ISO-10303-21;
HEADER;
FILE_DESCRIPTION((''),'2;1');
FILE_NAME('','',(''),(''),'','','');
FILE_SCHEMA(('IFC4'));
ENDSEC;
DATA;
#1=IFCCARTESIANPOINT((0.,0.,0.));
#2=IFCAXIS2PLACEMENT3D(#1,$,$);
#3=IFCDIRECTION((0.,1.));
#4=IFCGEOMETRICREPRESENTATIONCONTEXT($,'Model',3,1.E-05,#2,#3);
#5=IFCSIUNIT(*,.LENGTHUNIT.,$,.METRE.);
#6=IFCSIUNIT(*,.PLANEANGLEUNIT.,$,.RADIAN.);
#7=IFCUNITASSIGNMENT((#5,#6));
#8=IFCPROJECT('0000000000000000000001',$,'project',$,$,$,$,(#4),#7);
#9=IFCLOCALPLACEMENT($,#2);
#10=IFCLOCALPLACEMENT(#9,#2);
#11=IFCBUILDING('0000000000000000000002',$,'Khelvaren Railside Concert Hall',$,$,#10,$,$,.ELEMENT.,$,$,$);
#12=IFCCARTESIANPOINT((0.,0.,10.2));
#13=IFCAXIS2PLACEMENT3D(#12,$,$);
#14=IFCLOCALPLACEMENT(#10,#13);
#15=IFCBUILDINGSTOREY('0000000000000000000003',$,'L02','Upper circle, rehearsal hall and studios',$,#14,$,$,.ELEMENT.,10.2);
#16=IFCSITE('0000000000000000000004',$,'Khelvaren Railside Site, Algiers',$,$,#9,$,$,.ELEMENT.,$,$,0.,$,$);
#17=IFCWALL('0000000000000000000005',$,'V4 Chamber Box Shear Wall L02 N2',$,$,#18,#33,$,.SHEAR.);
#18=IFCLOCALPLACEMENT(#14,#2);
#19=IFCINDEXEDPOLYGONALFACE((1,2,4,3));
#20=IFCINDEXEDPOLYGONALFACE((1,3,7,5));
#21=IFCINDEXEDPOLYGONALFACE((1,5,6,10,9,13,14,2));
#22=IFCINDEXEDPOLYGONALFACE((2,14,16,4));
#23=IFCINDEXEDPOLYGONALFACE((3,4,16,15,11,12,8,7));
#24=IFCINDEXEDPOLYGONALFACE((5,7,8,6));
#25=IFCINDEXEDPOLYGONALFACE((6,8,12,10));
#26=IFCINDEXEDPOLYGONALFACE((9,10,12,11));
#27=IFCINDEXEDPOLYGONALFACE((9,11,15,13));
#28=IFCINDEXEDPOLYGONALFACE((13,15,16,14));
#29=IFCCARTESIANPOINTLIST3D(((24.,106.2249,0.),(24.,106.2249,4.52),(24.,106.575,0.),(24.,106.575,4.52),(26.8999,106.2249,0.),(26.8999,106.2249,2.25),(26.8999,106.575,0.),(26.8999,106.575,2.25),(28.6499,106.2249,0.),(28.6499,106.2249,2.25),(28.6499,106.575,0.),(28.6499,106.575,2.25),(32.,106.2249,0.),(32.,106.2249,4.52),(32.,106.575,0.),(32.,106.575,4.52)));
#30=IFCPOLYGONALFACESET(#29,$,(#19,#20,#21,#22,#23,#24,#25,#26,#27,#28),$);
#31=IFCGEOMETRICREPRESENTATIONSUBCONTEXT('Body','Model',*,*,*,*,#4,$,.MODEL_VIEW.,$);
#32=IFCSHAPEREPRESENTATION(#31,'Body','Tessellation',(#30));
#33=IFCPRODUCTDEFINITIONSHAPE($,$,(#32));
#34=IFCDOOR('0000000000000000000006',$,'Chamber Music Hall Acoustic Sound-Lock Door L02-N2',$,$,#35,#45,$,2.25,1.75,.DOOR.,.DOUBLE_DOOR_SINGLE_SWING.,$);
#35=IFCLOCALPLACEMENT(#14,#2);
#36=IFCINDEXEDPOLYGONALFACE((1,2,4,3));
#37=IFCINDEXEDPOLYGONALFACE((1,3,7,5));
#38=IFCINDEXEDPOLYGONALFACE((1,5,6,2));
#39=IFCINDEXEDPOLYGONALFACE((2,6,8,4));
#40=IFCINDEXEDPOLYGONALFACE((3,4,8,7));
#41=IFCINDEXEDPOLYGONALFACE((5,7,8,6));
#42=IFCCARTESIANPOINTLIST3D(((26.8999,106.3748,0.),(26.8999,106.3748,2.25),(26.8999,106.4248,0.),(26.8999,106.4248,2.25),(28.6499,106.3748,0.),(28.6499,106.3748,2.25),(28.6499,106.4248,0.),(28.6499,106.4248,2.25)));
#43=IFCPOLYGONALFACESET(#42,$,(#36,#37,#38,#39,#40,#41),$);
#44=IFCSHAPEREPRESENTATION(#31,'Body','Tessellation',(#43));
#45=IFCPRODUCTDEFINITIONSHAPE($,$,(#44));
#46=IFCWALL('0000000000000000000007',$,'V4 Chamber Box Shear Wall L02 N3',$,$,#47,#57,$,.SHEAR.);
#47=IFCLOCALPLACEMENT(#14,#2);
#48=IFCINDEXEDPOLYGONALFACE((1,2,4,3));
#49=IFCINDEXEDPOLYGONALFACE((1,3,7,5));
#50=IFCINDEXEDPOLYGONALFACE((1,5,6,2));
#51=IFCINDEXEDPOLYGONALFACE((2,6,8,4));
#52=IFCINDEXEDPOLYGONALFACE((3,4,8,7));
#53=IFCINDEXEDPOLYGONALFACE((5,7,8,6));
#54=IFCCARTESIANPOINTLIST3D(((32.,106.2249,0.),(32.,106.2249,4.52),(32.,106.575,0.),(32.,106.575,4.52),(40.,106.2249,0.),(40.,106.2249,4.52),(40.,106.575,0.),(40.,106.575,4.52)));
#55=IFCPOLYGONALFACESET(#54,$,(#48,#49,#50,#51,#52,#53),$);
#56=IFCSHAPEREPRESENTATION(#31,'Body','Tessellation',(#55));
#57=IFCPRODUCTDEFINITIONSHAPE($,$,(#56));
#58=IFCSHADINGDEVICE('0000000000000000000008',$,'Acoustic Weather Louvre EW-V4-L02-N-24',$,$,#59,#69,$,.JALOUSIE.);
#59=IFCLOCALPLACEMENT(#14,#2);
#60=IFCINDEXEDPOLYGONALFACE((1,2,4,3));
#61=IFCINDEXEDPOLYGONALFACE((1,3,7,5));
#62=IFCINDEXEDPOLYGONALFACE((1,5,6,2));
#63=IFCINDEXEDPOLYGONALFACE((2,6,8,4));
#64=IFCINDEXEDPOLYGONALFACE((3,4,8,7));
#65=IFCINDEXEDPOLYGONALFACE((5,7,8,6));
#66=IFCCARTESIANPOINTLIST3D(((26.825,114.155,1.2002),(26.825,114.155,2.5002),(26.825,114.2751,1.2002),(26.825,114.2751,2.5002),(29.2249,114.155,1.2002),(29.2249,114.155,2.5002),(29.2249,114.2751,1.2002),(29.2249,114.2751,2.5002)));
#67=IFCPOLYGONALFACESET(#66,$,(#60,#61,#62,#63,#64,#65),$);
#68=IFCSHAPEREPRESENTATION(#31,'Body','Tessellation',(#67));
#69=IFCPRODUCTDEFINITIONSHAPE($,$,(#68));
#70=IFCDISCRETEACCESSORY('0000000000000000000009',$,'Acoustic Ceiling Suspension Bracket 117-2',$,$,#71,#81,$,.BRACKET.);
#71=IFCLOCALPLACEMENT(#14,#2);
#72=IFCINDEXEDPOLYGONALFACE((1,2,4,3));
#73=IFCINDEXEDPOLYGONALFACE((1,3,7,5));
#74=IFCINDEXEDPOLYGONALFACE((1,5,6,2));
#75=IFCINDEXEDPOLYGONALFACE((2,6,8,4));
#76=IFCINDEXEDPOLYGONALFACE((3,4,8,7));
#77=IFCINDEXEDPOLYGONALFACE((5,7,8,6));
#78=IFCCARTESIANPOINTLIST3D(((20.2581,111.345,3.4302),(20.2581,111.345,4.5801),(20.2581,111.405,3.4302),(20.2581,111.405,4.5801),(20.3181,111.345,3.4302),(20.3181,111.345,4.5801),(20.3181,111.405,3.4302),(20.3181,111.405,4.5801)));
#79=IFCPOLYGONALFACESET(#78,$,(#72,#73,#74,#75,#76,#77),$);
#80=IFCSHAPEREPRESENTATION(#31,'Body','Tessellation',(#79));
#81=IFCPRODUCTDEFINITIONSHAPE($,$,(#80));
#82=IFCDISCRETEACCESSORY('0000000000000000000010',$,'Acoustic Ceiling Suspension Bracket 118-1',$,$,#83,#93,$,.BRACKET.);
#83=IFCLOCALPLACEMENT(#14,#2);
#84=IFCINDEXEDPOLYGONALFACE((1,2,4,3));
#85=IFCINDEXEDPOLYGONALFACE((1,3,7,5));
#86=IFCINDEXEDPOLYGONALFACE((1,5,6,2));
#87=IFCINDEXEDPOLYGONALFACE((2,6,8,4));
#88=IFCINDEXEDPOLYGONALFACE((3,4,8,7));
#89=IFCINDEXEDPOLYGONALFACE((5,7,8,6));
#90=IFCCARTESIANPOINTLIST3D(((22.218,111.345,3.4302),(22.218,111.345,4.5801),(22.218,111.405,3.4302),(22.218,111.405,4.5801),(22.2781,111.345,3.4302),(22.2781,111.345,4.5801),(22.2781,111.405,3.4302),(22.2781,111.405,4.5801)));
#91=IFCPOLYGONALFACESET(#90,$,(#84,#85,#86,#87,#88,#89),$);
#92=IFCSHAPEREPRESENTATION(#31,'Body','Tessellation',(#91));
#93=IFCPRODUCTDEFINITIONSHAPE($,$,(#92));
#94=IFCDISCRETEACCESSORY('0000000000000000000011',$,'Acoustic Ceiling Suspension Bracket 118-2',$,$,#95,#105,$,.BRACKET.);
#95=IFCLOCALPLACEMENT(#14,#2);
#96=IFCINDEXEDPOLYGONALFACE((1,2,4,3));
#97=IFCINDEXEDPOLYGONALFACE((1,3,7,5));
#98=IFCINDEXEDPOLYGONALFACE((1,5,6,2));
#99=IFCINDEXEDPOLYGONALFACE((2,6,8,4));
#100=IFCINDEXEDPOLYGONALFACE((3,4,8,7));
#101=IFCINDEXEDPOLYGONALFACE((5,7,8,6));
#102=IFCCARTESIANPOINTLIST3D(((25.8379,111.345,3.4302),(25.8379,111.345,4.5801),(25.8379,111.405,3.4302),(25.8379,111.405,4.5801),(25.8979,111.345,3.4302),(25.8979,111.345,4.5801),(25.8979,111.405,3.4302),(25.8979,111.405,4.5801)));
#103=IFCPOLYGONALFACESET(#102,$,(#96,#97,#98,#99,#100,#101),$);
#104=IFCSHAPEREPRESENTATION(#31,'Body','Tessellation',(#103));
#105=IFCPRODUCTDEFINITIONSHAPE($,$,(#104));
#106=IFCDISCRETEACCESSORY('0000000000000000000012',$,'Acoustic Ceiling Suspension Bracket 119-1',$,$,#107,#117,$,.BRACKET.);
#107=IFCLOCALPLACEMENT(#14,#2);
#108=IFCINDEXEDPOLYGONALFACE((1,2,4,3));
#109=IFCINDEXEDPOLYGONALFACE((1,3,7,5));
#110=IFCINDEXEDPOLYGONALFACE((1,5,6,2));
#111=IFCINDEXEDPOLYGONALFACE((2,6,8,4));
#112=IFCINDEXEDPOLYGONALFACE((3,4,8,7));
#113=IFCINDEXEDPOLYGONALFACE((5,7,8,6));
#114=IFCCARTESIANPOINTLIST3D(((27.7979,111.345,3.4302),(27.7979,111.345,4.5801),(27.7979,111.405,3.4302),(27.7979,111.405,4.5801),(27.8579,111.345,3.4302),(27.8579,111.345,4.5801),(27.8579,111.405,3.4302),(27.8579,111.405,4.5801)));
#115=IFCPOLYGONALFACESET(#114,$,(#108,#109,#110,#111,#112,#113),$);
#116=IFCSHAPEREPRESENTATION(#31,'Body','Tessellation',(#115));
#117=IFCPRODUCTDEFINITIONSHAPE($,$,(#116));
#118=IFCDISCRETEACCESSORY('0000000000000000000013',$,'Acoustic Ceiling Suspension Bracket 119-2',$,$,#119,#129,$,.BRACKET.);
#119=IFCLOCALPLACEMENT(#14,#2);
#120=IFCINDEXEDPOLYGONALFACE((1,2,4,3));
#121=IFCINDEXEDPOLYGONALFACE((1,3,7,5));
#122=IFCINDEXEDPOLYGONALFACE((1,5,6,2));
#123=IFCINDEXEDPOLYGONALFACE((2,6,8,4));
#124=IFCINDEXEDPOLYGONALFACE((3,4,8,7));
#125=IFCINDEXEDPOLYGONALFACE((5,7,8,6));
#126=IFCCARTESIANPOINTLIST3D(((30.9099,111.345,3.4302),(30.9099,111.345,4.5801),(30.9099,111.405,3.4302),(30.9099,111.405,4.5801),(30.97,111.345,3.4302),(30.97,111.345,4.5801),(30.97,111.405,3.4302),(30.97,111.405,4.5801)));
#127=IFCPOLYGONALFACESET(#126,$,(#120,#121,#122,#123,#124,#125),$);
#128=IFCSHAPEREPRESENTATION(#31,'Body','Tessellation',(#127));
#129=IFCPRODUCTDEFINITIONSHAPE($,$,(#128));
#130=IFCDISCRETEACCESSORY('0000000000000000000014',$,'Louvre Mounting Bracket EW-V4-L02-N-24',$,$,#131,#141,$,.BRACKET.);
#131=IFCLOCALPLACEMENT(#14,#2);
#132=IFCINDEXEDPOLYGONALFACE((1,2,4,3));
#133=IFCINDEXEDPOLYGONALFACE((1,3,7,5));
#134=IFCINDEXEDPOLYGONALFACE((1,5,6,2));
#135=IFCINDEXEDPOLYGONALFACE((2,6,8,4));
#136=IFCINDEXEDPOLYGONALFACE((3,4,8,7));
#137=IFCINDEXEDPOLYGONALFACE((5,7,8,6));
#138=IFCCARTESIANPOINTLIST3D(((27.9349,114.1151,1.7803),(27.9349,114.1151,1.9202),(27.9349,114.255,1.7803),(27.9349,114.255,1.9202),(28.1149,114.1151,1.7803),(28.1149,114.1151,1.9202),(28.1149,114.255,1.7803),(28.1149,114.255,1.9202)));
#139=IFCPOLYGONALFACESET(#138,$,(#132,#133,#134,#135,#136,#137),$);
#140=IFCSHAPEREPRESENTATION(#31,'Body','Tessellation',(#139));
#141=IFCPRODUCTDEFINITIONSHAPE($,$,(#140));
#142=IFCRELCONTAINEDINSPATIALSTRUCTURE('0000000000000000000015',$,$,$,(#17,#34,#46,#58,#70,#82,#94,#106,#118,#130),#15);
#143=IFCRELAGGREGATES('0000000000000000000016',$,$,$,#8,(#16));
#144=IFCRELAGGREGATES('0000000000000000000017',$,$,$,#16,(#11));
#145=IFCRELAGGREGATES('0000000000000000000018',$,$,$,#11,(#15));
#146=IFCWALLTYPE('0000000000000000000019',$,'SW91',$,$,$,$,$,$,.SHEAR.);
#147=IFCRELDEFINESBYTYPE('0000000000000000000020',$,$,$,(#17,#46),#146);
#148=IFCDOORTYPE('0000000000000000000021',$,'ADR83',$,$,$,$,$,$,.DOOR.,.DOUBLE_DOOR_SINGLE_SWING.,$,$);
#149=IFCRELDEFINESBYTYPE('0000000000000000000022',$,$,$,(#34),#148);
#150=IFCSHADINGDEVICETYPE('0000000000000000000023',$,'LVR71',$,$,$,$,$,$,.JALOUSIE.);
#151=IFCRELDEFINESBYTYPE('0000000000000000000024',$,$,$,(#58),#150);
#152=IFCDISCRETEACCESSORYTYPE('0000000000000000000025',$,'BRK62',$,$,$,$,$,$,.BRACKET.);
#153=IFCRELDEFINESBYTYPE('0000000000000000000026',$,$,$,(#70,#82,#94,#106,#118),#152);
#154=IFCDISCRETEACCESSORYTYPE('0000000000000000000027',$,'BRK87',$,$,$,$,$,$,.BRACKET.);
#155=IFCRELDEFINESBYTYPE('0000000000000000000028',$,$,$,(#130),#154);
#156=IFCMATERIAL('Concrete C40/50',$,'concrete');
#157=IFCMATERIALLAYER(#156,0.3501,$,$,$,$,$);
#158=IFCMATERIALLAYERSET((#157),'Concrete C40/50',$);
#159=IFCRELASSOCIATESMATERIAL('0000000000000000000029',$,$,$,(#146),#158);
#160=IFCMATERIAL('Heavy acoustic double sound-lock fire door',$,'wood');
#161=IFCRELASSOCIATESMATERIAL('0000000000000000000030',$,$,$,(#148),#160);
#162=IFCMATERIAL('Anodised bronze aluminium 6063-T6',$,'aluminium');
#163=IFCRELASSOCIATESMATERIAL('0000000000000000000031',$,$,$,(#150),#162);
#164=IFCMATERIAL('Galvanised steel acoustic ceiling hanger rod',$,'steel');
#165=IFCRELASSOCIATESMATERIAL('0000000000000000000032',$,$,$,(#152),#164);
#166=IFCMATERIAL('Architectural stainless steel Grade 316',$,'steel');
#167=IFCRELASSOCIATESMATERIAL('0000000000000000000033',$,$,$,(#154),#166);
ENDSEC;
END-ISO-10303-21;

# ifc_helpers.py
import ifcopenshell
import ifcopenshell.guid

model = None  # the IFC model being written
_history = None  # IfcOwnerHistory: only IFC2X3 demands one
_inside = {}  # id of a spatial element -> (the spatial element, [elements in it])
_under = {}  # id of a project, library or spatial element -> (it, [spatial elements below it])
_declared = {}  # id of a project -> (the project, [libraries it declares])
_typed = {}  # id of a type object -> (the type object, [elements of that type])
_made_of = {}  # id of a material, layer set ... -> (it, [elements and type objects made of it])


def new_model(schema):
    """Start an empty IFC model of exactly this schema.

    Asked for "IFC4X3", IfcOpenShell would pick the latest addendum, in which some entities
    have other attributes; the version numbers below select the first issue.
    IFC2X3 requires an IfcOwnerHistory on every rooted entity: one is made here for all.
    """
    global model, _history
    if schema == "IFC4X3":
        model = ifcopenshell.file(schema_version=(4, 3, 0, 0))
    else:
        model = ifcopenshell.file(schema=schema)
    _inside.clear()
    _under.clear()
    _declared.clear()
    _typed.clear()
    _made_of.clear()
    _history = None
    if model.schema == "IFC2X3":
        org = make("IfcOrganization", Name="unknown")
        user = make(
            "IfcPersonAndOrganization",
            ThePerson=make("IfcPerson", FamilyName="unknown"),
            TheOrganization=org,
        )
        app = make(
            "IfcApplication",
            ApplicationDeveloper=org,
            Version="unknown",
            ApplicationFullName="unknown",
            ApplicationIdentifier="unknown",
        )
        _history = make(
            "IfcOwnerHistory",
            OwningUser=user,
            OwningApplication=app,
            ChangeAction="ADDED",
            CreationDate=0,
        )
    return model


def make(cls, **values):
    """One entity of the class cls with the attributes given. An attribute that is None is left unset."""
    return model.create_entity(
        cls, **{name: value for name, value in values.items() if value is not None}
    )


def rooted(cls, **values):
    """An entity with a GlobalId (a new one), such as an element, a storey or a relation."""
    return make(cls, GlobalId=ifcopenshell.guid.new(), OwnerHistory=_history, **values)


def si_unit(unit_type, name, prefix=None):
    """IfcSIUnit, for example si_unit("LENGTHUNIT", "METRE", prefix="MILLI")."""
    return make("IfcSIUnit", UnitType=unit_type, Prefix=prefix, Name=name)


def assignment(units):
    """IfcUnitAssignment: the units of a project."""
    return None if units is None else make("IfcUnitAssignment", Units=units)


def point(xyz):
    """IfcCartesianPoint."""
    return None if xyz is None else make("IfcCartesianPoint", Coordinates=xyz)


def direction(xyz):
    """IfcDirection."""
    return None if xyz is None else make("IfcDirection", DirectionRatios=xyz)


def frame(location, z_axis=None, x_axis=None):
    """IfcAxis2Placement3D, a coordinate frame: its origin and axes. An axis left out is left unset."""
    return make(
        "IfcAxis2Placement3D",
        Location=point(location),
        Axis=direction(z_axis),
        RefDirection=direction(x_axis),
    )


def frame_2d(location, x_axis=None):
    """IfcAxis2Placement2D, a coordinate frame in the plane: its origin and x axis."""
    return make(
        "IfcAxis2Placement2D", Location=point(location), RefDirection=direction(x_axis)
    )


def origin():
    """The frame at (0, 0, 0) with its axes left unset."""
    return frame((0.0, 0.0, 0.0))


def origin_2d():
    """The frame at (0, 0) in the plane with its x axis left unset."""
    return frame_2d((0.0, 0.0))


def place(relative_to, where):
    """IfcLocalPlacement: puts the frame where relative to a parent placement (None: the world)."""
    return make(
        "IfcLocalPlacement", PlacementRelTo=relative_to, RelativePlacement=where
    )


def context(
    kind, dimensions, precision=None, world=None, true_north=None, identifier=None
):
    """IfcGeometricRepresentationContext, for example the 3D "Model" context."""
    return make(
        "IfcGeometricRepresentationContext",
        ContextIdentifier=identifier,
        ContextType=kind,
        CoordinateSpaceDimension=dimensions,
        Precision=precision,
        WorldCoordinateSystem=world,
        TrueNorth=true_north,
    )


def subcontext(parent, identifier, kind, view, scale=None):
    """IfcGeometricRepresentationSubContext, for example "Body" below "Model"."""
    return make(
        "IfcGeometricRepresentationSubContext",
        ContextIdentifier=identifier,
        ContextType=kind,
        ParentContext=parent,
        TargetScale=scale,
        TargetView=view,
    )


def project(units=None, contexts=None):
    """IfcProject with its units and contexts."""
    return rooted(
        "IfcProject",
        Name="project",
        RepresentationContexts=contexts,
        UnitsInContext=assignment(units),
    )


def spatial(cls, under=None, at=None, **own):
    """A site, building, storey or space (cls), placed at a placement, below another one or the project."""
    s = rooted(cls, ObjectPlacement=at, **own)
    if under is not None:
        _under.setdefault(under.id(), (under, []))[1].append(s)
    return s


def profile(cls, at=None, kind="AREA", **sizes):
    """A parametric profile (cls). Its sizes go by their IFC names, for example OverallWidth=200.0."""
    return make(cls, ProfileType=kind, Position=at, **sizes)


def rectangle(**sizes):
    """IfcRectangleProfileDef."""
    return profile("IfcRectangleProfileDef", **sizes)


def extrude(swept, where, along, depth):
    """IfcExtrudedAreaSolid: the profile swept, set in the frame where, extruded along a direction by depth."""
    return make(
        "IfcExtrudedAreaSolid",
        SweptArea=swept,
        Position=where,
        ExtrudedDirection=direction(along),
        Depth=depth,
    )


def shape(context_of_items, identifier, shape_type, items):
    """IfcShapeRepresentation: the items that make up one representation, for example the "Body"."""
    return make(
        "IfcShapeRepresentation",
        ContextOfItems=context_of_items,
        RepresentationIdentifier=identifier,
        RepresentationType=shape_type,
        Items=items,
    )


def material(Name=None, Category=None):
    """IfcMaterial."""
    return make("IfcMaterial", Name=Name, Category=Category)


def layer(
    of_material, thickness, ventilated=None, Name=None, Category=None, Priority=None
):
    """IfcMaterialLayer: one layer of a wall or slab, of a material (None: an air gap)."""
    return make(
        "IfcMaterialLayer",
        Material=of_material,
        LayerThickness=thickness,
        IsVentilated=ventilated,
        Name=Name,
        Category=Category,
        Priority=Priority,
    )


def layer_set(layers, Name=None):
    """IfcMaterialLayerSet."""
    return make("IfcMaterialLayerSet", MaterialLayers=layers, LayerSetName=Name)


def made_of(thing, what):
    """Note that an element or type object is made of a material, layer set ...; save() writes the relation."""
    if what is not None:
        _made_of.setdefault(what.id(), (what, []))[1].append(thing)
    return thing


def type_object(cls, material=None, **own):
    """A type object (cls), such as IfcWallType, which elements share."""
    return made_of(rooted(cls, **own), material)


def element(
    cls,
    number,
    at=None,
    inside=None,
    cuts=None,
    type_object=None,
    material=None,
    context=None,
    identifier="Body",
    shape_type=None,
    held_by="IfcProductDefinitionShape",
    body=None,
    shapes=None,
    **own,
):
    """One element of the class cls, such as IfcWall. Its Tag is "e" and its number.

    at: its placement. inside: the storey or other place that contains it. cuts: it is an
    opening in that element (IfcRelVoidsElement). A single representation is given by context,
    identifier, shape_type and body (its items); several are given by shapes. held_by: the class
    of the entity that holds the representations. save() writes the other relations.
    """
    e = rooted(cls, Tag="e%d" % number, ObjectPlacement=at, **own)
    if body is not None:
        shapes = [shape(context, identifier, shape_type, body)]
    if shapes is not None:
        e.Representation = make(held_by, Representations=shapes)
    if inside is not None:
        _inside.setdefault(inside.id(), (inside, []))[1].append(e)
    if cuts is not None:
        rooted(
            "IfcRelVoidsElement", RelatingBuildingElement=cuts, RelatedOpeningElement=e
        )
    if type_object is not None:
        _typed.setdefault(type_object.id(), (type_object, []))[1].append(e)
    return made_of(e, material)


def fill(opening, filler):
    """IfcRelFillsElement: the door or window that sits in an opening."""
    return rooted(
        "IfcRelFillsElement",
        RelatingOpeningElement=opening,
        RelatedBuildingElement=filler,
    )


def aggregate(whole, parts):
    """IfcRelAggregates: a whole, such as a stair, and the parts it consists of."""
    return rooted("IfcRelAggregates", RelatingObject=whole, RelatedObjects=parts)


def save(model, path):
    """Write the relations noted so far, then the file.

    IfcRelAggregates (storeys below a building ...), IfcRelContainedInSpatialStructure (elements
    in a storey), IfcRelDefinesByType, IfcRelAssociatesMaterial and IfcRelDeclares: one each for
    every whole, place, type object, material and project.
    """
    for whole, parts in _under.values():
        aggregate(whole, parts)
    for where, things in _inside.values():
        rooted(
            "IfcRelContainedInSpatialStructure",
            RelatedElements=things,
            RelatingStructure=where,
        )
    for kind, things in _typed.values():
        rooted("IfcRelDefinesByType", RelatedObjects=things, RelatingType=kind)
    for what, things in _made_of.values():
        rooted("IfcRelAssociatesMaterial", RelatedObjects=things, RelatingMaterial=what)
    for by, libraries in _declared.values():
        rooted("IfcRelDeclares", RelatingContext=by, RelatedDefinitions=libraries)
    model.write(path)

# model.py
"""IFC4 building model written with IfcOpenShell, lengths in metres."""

from ifc_helpers import new_model, si_unit, direction, frame, frame_2d, origin, origin_2d, place, context, subcontext, project, spatial, rectangle, extrude, material, layer, layer_set, type_object, element, fill, save


model = new_model("IFC4")

# Units and contexts
model_context = context("Model", 3, precision=1e-05, world=origin(), true_north=direction((0.0, 1.0)))
body_context = subcontext(model_context, "Body", "Model", "MODEL_VIEW")
ifc_project = project(units=[si_unit("LENGTHUNIT", "METRE"), si_unit("PLANEANGLEUNIT", "RADIAN")], contexts=[model_context])

# Site, building, storey
site_placement = place(None, origin())
site = spatial("IfcSite", under=ifc_project, at=site_placement, Name="Khelvaren Railside Site, Algiers", CompositionType="ELEMENT", RefElevation=0.0)
building_placement = place(site_placement, origin())
building = spatial("IfcBuilding", under=site, at=building_placement, Name="Khelvaren Railside Concert Hall", CompositionType="ELEMENT")
storey_placement = place(building_placement, frame((0.0, 0.0, 10.2)))
storey = spatial("IfcBuildingStorey", under=building, at=storey_placement, Name="L02", Description="Upper circle, rehearsal hall and studios", CompositionType="ELEMENT", Elevation=10.2)

# Shared definitions
ifc_material_1 = material(Name="Concrete C40/50", Category="concrete")

# Wall, opening, door
ifc_layer_1 = layer(ifc_material_1, 0.3501)
ifc_layer_set_1 = layer_set([ifc_layer_1], Name="Concrete C40/50")
wall_type_1 = type_object("IfcWallType", Name="SW91", PredefinedType="SHEAR", material=ifc_layer_set_1)
wall_1_placement = place(storey_placement, frame((24.0, 106.3999, 0.0), z_axis=(0.0, 0.0, 1.0), x_axis=(1.0, 0.0, 0.0)))
wall_1 = element("IfcWall", 1, at=wall_1_placement, inside=storey, type_object=wall_type_1, Name="V4 Chamber Box Shear Wall L02 N2", PredefinedType="SHEAR", context=body_context, shape_type="SweptSolid", body=[
    extrude(rectangle(XDim=8.0, YDim=0.3501, at=frame_2d((4.0, 0.0))), origin(), (0.0, 0.0, 1.0), 4.52),
])
opening_1_placement = place(wall_1_placement, frame((2.8999, 0.0, 0.0)))
opening_1 = element("IfcOpeningElement", 2, at=opening_1_placement, cuts=wall_1, PredefinedType="OPENING", context=body_context, shape_type="SweptSolid", body=[
    extrude(rectangle(XDim=1.75, YDim=2.25, at=frame_2d((0.875, 1.125))), frame((0.0, 0.1851, 0.0), z_axis=(0.0, -1.0, 0.0), x_axis=(1.0, 0.0, 0.0)), (0.0, 0.0, 1.0), 0.3701),
])
ifc_material_2 = material(Name="Heavy acoustic double sound-lock fire door", Category="wood")
door_type_1 = type_object("IfcDoorType", Name="ADR83", OperationType="DOUBLE_DOOR_SINGLE_SWING", PredefinedType="DOOR", material=ifc_material_2)
door_1_placement = place(opening_1_placement, origin())
door_1 = element("IfcDoor", 3, at=door_1_placement, inside=storey, type_object=door_type_1, Name="Chamber Music Hall Acoustic Sound-Lock Door L02-N2", OperationType="DOUBLE_DOOR_SINGLE_SWING", OverallHeight=2.25, OverallWidth=1.75, PredefinedType="DOOR", context=body_context, shape_type="SweptSolid", body=[
    extrude(rectangle(XDim=1.75, YDim=2.25, at=frame_2d((0.875, 1.125))), frame((0.0, 0.0249, 0.0), z_axis=(0.0, -1.0, 0.0), x_axis=(1.0, 0.0, 0.0)), (0.0, 0.0, 1.0), 0.05),
])
fill(opening_1, door_1)

# Wall
wall_2_placement = place(storey_placement, frame((32.0, 106.3999, 0.0), z_axis=(0.0, 0.0, 1.0), x_axis=(1.0, 0.0, 0.0)))
element("IfcWall", 4, at=wall_2_placement, inside=storey, type_object=wall_type_1, Name="V4 Chamber Box Shear Wall L02 N3", PredefinedType="SHEAR", context=body_context, shape_type="SweptSolid", body=[
    extrude(rectangle(XDim=8.0, YDim=0.3501, at=frame_2d((4.0, 0.0))), origin(), (0.0, 0.0, 1.0), 4.52),
])

# Shading device
ifc_material_3 = material(Name="Anodised bronze aluminium 6063-T6", Category="aluminium")
shading_device_type = type_object("IfcShadingDeviceType", Name="LVR71", PredefinedType="JALOUSIE", material=ifc_material_3)
shading_device_placement = place(storey_placement, frame((28.0249, 114.2151, 1.2002), z_axis=(0.0, 0.0, 1.0), x_axis=(1.0, 0.0, 0.0)))
element("IfcShadingDevice", 5, at=shading_device_placement, inside=storey, type_object=shading_device_type, Name="Acoustic Weather Louvre EW-V4-L02-N-24", PredefinedType="JALOUSIE", context=body_context, shape_type="SweptSolid", body=[
    extrude(rectangle(XDim=2.3999, YDim=0.1201, at=origin_2d()), origin(), (0.0, 0.0, 1.0), 1.3),
])

# Discrete accessories
ifc_material_4 = material(Name="Galvanised steel acoustic ceiling hanger rod", Category="steel")
discrete_accessory_type_1 = type_object("IfcDiscreteAccessoryType", Name="BRK62", PredefinedType="BRACKET", material=ifc_material_4)
for number, where, z_axis, x_axis, name in (
    (6, (20.2881, 111.375, 3.4302), (0.0, 0.0, 1.0), (1.0, 0.0, 0.0), "Acoustic Ceiling Suspension Bracket 117-2"),
    (7, (22.248, 111.375, 3.4302), (0.0, 0.0, 1.0), (1.0, 0.0, 0.0), "Acoustic Ceiling Suspension Bracket 118-1"),
    (8, (25.8679, 111.375, 3.4302), (0.0, 0.0, 1.0), (1.0, 0.0, 0.0), "Acoustic Ceiling Suspension Bracket 118-2"),
    (9, (27.8279, 111.375, 3.4302), (0.0, 0.0, 1.0), (1.0, 0.0, 0.0), "Acoustic Ceiling Suspension Bracket 119-1"),
    (10, (30.9399, 111.375, 3.4302), (0.0, 0.0, 1.0), (1.0, 0.0, 0.0), "Acoustic Ceiling Suspension Bracket 119-2"),
):
    element("IfcDiscreteAccessory", number, at=place(storey_placement, frame(where, z_axis=z_axis, x_axis=x_axis)), inside=storey, type_object=discrete_accessory_type_1, Name=name, PredefinedType="BRACKET", context=body_context, shape_type="SweptSolid", body=[
        extrude(rectangle(XDim=0.0601, YDim=0.0601, at=origin_2d()), origin(), (0.0, 0.0, 1.0), 1.1499),
    ])
ifc_material_5 = material(Name="Architectural stainless steel Grade 316", Category="steel")
discrete_accessory_type_2 = type_object("IfcDiscreteAccessoryType", Name="BRK87", PredefinedType="BRACKET", material=ifc_material_5)
discrete_accessory_placement = place(storey_placement, frame((28.0249, 114.1851, 1.7803), z_axis=(0.0, 0.0, 1.0), x_axis=(1.0, 0.0, 0.0)))
element("IfcDiscreteAccessory", 11, at=discrete_accessory_placement, inside=storey, type_object=discrete_accessory_type_2, Name="Louvre Mounting Bracket EW-V4-L02-N-24", PredefinedType="BRACKET", context=body_context, shape_type="SweptSolid", body=[
    extrude(rectangle(XDim=0.1799, YDim=0.1399, at=origin_2d()), origin(), (0.0, 0.0, 1.0), 0.1399),
])

save(model, "model.ifc")
